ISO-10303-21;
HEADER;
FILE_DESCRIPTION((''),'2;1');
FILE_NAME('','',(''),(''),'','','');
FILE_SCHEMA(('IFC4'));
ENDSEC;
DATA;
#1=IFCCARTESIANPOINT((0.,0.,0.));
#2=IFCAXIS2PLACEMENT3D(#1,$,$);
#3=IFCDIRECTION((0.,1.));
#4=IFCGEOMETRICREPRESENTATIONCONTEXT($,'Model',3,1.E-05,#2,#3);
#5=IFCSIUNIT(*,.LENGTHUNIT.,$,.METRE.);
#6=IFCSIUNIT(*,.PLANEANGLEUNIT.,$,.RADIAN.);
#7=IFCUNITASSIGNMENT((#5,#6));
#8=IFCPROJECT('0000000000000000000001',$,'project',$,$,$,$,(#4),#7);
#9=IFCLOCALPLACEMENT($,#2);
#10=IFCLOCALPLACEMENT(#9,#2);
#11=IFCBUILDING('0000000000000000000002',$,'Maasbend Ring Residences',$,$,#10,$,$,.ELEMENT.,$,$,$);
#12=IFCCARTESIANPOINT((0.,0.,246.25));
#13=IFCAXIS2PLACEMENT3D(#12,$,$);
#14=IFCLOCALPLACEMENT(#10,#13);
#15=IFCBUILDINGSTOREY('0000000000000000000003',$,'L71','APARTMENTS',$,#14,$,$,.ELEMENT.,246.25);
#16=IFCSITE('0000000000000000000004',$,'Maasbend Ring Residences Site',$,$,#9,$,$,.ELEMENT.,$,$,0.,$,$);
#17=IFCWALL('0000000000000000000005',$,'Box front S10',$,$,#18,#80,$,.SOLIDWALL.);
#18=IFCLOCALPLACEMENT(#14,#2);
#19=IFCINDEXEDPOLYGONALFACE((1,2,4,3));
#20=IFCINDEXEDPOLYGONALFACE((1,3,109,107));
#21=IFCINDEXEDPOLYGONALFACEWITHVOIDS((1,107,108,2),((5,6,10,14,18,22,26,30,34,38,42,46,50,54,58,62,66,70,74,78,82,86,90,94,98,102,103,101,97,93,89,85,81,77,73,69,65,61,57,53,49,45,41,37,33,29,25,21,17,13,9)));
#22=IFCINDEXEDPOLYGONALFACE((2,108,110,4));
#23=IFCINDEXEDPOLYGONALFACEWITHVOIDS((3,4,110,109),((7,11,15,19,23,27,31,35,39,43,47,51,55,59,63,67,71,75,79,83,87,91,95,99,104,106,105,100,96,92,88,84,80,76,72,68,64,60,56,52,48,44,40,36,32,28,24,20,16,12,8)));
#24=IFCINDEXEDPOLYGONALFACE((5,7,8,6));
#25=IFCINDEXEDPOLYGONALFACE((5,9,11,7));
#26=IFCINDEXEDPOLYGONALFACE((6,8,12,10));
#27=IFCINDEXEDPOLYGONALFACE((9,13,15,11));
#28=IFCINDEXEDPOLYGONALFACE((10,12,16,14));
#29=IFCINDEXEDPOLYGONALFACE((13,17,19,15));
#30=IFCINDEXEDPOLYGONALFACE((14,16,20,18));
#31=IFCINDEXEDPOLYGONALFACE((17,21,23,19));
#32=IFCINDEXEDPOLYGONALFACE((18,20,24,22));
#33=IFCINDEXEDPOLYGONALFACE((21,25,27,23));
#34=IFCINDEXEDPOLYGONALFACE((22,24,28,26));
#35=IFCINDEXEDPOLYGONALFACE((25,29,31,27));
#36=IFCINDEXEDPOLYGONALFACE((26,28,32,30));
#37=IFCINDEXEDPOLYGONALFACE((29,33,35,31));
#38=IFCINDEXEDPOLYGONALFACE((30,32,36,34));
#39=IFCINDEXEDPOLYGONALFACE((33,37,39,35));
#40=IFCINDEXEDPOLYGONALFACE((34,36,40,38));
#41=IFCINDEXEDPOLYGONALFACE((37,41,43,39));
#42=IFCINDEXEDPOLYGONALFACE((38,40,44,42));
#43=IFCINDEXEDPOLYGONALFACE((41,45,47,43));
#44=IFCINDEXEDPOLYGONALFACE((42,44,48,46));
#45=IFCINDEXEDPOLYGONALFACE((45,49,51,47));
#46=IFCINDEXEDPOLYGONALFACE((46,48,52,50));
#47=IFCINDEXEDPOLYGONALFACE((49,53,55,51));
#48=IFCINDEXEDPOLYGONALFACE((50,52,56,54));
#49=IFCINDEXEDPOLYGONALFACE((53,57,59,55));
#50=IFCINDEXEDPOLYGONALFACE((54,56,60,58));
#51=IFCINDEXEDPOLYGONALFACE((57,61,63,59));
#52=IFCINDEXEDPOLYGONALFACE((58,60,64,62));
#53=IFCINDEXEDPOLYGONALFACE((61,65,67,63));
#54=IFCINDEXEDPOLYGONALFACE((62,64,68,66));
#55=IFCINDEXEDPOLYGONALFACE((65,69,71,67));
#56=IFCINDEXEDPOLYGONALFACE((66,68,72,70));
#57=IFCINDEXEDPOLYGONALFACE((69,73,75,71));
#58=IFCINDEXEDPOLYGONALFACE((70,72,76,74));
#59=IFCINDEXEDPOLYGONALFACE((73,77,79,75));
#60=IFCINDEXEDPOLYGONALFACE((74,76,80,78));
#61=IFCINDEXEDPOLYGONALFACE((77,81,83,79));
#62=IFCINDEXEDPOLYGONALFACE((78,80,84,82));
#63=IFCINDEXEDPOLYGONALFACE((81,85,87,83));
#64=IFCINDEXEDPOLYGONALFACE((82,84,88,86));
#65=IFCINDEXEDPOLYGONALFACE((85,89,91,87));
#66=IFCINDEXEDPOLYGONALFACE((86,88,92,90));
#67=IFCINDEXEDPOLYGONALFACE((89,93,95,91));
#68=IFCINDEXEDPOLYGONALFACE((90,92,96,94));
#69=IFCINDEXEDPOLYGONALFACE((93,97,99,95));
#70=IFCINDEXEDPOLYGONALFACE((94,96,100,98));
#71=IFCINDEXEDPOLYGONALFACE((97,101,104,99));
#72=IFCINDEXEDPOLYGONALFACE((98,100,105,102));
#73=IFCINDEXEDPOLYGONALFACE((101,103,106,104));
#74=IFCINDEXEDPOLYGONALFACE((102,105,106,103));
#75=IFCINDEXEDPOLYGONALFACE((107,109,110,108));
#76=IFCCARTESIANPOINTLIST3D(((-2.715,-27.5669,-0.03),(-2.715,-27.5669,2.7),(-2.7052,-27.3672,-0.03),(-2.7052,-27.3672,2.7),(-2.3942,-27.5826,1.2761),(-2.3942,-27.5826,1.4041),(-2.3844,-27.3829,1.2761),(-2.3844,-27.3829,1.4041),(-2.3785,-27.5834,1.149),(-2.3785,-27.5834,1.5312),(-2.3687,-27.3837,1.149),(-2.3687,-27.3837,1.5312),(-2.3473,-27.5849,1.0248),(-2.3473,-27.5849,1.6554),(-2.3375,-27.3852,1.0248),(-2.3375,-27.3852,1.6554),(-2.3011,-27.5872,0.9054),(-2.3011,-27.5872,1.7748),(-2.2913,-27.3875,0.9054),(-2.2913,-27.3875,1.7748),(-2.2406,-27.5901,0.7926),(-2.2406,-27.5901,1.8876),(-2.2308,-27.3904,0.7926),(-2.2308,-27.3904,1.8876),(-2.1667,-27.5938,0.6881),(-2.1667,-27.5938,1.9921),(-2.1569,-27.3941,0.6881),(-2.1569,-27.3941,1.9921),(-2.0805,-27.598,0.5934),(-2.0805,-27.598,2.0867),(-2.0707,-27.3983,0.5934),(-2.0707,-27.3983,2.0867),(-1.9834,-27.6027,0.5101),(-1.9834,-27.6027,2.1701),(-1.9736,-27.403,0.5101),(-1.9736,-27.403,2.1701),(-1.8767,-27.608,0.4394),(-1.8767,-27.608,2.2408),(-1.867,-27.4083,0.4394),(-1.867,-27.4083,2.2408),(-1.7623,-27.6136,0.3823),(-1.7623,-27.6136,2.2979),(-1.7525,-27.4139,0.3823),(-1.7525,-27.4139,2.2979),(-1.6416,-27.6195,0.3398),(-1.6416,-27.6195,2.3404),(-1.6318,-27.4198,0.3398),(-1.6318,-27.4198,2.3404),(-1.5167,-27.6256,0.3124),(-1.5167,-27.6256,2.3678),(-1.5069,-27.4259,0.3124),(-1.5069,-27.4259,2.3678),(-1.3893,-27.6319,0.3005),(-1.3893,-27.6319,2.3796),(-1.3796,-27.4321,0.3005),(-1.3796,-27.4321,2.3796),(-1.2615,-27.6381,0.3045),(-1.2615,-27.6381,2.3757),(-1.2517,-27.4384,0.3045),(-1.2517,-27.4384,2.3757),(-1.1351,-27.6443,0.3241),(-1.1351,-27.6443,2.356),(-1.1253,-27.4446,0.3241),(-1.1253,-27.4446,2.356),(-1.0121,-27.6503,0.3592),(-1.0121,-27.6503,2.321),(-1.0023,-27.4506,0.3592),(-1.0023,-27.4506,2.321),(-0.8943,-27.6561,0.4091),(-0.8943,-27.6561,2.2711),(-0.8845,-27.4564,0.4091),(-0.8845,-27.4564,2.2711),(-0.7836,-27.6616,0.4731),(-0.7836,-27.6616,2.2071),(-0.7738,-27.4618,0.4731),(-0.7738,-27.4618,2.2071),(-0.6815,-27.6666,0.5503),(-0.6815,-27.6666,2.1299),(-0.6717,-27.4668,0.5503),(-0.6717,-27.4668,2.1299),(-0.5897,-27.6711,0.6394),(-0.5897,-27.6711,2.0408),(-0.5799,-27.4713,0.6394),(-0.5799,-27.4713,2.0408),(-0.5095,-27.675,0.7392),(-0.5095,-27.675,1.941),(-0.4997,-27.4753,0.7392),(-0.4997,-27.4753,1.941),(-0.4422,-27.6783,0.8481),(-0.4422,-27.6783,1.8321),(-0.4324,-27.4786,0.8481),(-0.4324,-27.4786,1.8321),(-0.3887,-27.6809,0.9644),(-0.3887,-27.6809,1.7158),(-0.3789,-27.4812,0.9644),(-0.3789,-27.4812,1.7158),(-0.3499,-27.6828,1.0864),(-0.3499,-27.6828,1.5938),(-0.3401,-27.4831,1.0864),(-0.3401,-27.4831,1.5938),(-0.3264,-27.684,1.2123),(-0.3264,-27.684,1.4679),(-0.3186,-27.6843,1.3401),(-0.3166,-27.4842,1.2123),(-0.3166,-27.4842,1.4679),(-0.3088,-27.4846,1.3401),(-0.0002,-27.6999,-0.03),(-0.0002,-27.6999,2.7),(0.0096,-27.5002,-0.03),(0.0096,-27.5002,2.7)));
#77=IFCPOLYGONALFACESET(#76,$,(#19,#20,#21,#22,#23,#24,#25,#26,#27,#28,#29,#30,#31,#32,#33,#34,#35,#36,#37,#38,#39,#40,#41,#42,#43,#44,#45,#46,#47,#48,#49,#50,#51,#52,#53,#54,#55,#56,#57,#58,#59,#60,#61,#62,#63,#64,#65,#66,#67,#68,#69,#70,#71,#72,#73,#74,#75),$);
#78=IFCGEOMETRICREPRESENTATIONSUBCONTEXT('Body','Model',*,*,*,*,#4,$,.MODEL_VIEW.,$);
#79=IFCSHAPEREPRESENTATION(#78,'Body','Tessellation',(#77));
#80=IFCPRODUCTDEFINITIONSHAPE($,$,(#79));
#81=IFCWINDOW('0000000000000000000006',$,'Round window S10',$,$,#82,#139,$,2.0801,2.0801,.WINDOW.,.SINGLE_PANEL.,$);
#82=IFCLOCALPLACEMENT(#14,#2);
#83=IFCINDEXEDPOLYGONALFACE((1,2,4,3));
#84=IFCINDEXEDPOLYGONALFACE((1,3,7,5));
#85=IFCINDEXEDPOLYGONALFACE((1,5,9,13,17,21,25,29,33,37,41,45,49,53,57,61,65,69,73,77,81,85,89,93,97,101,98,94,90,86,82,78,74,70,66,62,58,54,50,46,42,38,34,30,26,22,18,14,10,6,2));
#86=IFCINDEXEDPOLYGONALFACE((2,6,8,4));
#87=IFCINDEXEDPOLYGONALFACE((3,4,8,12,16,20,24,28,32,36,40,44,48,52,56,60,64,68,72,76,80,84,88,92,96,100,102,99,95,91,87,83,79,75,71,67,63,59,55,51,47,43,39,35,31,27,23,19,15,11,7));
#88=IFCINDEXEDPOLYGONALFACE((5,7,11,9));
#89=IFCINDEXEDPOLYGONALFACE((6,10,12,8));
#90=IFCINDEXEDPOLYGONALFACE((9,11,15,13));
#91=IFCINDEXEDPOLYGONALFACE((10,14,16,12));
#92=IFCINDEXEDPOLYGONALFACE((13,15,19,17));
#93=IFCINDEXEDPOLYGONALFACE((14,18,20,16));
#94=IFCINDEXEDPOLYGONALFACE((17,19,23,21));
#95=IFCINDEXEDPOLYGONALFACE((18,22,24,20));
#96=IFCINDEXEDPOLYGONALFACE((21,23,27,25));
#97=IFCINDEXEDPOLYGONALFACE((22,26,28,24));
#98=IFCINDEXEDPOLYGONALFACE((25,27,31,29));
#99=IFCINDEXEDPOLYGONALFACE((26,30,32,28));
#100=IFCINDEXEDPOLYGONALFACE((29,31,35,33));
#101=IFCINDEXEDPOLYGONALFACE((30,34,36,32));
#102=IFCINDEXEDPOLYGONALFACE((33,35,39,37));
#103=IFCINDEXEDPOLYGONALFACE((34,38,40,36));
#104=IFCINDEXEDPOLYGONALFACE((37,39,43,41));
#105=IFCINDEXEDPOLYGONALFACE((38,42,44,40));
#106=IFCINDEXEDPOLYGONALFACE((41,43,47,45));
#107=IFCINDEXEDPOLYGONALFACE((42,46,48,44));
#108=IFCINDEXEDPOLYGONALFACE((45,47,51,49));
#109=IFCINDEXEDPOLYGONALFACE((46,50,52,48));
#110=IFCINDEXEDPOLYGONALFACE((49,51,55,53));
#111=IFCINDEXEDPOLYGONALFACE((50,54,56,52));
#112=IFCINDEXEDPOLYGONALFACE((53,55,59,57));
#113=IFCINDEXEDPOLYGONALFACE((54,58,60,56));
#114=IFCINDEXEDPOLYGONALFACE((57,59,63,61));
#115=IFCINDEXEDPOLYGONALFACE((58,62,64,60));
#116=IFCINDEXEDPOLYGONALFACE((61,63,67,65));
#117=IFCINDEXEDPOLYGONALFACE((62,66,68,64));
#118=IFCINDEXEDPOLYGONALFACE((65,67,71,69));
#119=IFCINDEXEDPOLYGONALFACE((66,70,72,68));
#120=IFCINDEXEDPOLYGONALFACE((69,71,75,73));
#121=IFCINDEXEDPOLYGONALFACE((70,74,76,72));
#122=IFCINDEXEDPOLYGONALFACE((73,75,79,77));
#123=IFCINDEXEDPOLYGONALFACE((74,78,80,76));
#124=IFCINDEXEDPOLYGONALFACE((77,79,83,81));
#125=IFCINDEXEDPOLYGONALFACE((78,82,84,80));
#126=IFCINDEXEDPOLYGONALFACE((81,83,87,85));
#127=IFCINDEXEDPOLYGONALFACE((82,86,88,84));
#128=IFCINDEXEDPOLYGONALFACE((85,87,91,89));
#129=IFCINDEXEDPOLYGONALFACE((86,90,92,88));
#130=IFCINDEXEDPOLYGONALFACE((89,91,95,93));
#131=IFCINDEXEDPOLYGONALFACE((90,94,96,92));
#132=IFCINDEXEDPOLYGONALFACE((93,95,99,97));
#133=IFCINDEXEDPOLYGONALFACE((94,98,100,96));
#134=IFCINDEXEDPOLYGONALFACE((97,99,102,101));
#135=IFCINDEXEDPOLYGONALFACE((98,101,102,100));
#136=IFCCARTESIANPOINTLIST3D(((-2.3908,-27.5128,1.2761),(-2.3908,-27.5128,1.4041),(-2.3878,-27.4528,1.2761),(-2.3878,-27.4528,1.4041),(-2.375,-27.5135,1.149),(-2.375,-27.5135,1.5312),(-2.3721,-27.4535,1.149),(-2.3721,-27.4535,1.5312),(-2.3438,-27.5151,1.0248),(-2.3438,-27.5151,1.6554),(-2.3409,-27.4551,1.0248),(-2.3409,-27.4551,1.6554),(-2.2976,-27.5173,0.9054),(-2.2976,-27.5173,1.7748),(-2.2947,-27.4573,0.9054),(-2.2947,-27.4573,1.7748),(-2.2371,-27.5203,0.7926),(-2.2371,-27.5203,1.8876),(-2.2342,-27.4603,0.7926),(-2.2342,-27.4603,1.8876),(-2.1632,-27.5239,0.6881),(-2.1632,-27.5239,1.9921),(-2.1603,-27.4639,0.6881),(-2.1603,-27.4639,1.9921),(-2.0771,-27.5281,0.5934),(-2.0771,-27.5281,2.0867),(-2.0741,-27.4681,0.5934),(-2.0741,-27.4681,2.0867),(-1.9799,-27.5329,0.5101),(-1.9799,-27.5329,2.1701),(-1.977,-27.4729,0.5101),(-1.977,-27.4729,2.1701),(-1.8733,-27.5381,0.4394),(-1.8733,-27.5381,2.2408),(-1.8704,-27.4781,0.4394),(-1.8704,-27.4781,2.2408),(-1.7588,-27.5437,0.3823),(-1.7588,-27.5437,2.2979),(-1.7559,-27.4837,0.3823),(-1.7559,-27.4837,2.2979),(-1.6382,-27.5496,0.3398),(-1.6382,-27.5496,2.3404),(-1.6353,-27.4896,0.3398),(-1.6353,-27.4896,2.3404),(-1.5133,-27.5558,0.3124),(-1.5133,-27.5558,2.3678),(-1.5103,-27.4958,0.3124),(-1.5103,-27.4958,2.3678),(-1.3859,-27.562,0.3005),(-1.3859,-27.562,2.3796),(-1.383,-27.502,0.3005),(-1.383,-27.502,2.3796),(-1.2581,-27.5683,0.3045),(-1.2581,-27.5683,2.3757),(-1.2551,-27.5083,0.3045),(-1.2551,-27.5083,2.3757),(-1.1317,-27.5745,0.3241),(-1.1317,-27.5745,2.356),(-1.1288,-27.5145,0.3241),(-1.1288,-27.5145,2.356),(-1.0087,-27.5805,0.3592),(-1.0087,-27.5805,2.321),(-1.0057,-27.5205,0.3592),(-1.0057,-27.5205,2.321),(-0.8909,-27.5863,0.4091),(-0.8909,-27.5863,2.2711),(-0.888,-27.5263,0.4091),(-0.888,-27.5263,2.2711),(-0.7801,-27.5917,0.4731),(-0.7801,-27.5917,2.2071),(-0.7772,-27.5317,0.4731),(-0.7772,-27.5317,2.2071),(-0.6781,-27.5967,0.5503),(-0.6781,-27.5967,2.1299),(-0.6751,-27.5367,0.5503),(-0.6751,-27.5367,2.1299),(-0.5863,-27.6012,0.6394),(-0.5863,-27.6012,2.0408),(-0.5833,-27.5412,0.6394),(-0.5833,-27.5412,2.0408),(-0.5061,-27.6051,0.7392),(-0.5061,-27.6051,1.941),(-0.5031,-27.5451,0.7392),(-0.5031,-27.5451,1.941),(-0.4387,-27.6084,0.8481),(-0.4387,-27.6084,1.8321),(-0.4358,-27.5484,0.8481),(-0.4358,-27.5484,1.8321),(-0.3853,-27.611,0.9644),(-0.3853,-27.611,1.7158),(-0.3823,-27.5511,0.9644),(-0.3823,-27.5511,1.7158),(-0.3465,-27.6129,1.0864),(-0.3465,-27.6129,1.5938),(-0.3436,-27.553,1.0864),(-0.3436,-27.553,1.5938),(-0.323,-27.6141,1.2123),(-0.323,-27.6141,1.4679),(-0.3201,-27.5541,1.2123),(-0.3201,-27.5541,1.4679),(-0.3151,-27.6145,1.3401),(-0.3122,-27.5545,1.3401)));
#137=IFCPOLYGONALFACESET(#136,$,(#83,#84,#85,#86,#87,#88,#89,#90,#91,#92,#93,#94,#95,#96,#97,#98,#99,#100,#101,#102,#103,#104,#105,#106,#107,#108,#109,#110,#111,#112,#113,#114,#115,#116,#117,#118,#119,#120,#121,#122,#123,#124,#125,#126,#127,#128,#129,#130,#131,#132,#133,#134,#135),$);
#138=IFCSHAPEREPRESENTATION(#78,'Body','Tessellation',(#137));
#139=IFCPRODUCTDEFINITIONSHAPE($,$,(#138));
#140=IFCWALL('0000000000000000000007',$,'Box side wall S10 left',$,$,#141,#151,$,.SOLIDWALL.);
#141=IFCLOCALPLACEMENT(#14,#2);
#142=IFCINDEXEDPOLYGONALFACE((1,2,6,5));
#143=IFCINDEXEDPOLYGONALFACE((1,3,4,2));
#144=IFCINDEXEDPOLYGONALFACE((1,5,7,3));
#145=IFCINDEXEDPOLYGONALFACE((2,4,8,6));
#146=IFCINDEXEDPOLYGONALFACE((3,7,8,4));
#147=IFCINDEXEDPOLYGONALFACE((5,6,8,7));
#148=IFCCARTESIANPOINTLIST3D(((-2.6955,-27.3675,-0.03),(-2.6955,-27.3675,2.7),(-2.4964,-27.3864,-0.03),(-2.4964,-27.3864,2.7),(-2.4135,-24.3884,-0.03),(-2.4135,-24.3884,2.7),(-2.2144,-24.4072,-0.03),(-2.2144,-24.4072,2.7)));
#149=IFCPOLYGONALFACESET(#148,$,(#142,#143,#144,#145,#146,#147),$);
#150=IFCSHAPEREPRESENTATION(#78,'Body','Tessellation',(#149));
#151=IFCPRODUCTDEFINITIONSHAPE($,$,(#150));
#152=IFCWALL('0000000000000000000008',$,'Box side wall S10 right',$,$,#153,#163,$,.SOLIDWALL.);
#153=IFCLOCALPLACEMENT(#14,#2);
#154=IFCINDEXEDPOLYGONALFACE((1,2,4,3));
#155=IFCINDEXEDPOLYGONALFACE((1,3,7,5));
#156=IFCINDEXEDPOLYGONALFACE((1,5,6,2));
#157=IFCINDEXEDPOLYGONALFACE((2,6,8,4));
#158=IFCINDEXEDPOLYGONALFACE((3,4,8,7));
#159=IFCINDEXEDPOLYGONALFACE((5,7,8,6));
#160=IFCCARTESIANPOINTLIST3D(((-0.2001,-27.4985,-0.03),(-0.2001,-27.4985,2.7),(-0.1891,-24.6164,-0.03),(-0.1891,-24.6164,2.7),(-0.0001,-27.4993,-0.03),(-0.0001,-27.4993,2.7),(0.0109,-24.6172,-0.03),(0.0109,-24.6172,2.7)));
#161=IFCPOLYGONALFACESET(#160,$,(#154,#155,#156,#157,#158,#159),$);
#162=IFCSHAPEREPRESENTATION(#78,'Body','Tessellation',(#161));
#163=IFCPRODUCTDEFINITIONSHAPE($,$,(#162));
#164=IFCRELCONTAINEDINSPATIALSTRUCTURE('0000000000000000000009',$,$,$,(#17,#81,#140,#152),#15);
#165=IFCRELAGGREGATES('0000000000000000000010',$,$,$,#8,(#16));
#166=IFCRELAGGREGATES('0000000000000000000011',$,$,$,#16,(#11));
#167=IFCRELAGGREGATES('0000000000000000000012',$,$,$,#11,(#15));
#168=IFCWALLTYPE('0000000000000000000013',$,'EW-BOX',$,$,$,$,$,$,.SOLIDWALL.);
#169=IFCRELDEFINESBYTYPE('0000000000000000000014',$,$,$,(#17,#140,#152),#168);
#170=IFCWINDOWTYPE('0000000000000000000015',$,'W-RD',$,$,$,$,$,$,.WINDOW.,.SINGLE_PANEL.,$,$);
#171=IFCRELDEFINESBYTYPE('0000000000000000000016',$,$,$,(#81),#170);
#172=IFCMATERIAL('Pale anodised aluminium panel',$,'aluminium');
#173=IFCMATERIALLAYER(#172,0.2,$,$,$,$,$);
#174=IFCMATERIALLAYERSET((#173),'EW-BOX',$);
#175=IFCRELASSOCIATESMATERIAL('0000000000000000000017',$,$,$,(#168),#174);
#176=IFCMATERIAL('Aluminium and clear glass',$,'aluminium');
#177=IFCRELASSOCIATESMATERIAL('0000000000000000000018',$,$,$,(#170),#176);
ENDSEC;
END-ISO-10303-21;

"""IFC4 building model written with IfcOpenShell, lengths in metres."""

from ifc_helpers import new_model, si_unit, direction, frame, frame_2d, origin, place, context, subcontext, project, spatial, rectangle, circle, extrude, material, layer, layer_set, type_object, element, fill, save


model = new_model("IFC4")

# Units and contexts
model_context = context("Model", 3, precision=1e-05, world=origin(), true_north=direction((0.0, 1.0)))
body_context = subcontext(model_context, "Body", "Model", "MODEL_VIEW")
ifc_project = project(units=[si_unit("LENGTHUNIT", "METRE"), si_unit("PLANEANGLEUNIT", "RADIAN")], contexts=[model_context])

# Site, building, storey
site_placement = place(None, origin())
site = spatial("IfcSite", under=ifc_project, at=site_placement, Name="Maasbend Ring Residences Site", CompositionType="ELEMENT", RefElevation=0.0)
building_placement = place(site_placement, origin())
building = spatial("IfcBuilding", under=site, at=building_placement, Name="Maasbend Ring Residences", CompositionType="ELEMENT")
storey_placement = place(building_placement, frame((0.0, 0.0, 246.25)))
storey = spatial("IfcBuildingStorey", under=building, at=storey_placement, Name="L71", Description="APARTMENTS", CompositionType="ELEMENT", Elevation=246.25)

# Shared definitions
ifc_material_1 = material(Name="Pale anodised aluminium panel", Category="aluminium")
ifc_layer_1 = layer(ifc_material_1, 0.2)
ifc_layer_set_1 = layer_set([ifc_layer_1], Name="EW-BOX")
wall_type_1 = type_object("IfcWallType", Name="EW-BOX", PredefinedType="SOLIDWALL", material=ifc_layer_set_1)

# Shared definitions
ifc_material_2 = material(Name="Aluminium and clear glass", Category="aluminium")
window_type_1 = type_object("IfcWindowType", Name="W-RD", PartitioningType="SINGLE_PANEL", PredefinedType="WINDOW", material=ifc_material_2)

# Wall, opening, window
wall_1_placement = place(storey_placement, frame((-2.71, -27.467, -0.03), z_axis=(0.0, 0.0, 1.0), x_axis=(0.998801, -0.048952, 0.0)))
wall_1 = element("IfcWall", 1, at=wall_1_placement, inside=storey, type_object=wall_type_1, Name="Box front S10", PredefinedType="SOLIDWALL", context=body_context, shape_type="SweptSolid", body=[
    extrude(rectangle(XDim=2.718, YDim=0.2, at=frame_2d((1.3589, 0.0))), origin(), (0.0, 0.0, 1.0), 2.73),
])
opening_1_placement = place(wall_1_placement, frame((0.3191, 0.0, 0.3301)))
opening_1 = element("IfcOpeningElement", 2, at=opening_1_placement, cuts=wall_1, PredefinedType="OPENING", context=body_context, shape_type="SweptSolid", body=[
    extrude(circle(Radius=1.04, at=frame_2d((1.04, 1.04))), frame((0.0, 0.1099, 0.0), z_axis=(0.0, -1.0, 0.0), x_axis=(1.0, 0.0, 0.0)), (0.0, 0.0, 1.0), 0.22),
])
window_1_placement = place(opening_1_placement, origin())
window_1 = element("IfcWindow", 3, at=window_1_placement, inside=storey, type_object=window_type_1, Name="Round window S10", OverallHeight=2.0801, OverallWidth=2.0801, PartitioningType="SINGLE_PANEL", PredefinedType="WINDOW", context=body_context, shape_type="SweptSolid", body=[
    extrude(circle(Radius=1.04, at=frame_2d((1.04, 1.04))), frame((0.0, 0.03, 0.0), z_axis=(0.0, -1.0, 0.0), x_axis=(1.0, 0.0, 0.0)), (0.0, 0.0, 1.0), 0.0601),
])
fill(opening_1, window_1)

# Walls
wall_2_placement = place(storey_placement, frame((-2.314, -24.3979, -0.03), z_axis=(0.0, 0.0, 1.0), x_axis=(-0.094235, -0.99555, 0.0)))
element("IfcWall", 4, at=wall_2_placement, inside=storey, type_object=wall_type_1, Name="Box side wall S10 left", PredefinedType="SOLIDWALL", context=body_context, shape_type="SweptSolid", body=[
    extrude(rectangle(XDim=2.9924, YDim=0.2, at=frame_2d((1.4961, 0.0))), origin(), (0.0, 0.0, 1.0), 2.73),
])
wall_3_placement = place(storey_placement, frame((-0.0891, -24.6169, -0.03), z_axis=(0.0, 0.0, 1.0), x_axis=(-0.003812, -0.999993, 0.0)))
element("IfcWall", 5, at=wall_3_placement, inside=storey, type_object=wall_type_1, Name="Box side wall S10 right", PredefinedType="SOLIDWALL", context=body_context, shape_type="SweptSolid", body=[
    extrude(rectangle(XDim=2.8821, YDim=0.2, at=frame_2d((1.4409, 0.0))), origin(), (0.0, 0.0, 1.0), 2.73),
])

save(model, "model.ifc")
